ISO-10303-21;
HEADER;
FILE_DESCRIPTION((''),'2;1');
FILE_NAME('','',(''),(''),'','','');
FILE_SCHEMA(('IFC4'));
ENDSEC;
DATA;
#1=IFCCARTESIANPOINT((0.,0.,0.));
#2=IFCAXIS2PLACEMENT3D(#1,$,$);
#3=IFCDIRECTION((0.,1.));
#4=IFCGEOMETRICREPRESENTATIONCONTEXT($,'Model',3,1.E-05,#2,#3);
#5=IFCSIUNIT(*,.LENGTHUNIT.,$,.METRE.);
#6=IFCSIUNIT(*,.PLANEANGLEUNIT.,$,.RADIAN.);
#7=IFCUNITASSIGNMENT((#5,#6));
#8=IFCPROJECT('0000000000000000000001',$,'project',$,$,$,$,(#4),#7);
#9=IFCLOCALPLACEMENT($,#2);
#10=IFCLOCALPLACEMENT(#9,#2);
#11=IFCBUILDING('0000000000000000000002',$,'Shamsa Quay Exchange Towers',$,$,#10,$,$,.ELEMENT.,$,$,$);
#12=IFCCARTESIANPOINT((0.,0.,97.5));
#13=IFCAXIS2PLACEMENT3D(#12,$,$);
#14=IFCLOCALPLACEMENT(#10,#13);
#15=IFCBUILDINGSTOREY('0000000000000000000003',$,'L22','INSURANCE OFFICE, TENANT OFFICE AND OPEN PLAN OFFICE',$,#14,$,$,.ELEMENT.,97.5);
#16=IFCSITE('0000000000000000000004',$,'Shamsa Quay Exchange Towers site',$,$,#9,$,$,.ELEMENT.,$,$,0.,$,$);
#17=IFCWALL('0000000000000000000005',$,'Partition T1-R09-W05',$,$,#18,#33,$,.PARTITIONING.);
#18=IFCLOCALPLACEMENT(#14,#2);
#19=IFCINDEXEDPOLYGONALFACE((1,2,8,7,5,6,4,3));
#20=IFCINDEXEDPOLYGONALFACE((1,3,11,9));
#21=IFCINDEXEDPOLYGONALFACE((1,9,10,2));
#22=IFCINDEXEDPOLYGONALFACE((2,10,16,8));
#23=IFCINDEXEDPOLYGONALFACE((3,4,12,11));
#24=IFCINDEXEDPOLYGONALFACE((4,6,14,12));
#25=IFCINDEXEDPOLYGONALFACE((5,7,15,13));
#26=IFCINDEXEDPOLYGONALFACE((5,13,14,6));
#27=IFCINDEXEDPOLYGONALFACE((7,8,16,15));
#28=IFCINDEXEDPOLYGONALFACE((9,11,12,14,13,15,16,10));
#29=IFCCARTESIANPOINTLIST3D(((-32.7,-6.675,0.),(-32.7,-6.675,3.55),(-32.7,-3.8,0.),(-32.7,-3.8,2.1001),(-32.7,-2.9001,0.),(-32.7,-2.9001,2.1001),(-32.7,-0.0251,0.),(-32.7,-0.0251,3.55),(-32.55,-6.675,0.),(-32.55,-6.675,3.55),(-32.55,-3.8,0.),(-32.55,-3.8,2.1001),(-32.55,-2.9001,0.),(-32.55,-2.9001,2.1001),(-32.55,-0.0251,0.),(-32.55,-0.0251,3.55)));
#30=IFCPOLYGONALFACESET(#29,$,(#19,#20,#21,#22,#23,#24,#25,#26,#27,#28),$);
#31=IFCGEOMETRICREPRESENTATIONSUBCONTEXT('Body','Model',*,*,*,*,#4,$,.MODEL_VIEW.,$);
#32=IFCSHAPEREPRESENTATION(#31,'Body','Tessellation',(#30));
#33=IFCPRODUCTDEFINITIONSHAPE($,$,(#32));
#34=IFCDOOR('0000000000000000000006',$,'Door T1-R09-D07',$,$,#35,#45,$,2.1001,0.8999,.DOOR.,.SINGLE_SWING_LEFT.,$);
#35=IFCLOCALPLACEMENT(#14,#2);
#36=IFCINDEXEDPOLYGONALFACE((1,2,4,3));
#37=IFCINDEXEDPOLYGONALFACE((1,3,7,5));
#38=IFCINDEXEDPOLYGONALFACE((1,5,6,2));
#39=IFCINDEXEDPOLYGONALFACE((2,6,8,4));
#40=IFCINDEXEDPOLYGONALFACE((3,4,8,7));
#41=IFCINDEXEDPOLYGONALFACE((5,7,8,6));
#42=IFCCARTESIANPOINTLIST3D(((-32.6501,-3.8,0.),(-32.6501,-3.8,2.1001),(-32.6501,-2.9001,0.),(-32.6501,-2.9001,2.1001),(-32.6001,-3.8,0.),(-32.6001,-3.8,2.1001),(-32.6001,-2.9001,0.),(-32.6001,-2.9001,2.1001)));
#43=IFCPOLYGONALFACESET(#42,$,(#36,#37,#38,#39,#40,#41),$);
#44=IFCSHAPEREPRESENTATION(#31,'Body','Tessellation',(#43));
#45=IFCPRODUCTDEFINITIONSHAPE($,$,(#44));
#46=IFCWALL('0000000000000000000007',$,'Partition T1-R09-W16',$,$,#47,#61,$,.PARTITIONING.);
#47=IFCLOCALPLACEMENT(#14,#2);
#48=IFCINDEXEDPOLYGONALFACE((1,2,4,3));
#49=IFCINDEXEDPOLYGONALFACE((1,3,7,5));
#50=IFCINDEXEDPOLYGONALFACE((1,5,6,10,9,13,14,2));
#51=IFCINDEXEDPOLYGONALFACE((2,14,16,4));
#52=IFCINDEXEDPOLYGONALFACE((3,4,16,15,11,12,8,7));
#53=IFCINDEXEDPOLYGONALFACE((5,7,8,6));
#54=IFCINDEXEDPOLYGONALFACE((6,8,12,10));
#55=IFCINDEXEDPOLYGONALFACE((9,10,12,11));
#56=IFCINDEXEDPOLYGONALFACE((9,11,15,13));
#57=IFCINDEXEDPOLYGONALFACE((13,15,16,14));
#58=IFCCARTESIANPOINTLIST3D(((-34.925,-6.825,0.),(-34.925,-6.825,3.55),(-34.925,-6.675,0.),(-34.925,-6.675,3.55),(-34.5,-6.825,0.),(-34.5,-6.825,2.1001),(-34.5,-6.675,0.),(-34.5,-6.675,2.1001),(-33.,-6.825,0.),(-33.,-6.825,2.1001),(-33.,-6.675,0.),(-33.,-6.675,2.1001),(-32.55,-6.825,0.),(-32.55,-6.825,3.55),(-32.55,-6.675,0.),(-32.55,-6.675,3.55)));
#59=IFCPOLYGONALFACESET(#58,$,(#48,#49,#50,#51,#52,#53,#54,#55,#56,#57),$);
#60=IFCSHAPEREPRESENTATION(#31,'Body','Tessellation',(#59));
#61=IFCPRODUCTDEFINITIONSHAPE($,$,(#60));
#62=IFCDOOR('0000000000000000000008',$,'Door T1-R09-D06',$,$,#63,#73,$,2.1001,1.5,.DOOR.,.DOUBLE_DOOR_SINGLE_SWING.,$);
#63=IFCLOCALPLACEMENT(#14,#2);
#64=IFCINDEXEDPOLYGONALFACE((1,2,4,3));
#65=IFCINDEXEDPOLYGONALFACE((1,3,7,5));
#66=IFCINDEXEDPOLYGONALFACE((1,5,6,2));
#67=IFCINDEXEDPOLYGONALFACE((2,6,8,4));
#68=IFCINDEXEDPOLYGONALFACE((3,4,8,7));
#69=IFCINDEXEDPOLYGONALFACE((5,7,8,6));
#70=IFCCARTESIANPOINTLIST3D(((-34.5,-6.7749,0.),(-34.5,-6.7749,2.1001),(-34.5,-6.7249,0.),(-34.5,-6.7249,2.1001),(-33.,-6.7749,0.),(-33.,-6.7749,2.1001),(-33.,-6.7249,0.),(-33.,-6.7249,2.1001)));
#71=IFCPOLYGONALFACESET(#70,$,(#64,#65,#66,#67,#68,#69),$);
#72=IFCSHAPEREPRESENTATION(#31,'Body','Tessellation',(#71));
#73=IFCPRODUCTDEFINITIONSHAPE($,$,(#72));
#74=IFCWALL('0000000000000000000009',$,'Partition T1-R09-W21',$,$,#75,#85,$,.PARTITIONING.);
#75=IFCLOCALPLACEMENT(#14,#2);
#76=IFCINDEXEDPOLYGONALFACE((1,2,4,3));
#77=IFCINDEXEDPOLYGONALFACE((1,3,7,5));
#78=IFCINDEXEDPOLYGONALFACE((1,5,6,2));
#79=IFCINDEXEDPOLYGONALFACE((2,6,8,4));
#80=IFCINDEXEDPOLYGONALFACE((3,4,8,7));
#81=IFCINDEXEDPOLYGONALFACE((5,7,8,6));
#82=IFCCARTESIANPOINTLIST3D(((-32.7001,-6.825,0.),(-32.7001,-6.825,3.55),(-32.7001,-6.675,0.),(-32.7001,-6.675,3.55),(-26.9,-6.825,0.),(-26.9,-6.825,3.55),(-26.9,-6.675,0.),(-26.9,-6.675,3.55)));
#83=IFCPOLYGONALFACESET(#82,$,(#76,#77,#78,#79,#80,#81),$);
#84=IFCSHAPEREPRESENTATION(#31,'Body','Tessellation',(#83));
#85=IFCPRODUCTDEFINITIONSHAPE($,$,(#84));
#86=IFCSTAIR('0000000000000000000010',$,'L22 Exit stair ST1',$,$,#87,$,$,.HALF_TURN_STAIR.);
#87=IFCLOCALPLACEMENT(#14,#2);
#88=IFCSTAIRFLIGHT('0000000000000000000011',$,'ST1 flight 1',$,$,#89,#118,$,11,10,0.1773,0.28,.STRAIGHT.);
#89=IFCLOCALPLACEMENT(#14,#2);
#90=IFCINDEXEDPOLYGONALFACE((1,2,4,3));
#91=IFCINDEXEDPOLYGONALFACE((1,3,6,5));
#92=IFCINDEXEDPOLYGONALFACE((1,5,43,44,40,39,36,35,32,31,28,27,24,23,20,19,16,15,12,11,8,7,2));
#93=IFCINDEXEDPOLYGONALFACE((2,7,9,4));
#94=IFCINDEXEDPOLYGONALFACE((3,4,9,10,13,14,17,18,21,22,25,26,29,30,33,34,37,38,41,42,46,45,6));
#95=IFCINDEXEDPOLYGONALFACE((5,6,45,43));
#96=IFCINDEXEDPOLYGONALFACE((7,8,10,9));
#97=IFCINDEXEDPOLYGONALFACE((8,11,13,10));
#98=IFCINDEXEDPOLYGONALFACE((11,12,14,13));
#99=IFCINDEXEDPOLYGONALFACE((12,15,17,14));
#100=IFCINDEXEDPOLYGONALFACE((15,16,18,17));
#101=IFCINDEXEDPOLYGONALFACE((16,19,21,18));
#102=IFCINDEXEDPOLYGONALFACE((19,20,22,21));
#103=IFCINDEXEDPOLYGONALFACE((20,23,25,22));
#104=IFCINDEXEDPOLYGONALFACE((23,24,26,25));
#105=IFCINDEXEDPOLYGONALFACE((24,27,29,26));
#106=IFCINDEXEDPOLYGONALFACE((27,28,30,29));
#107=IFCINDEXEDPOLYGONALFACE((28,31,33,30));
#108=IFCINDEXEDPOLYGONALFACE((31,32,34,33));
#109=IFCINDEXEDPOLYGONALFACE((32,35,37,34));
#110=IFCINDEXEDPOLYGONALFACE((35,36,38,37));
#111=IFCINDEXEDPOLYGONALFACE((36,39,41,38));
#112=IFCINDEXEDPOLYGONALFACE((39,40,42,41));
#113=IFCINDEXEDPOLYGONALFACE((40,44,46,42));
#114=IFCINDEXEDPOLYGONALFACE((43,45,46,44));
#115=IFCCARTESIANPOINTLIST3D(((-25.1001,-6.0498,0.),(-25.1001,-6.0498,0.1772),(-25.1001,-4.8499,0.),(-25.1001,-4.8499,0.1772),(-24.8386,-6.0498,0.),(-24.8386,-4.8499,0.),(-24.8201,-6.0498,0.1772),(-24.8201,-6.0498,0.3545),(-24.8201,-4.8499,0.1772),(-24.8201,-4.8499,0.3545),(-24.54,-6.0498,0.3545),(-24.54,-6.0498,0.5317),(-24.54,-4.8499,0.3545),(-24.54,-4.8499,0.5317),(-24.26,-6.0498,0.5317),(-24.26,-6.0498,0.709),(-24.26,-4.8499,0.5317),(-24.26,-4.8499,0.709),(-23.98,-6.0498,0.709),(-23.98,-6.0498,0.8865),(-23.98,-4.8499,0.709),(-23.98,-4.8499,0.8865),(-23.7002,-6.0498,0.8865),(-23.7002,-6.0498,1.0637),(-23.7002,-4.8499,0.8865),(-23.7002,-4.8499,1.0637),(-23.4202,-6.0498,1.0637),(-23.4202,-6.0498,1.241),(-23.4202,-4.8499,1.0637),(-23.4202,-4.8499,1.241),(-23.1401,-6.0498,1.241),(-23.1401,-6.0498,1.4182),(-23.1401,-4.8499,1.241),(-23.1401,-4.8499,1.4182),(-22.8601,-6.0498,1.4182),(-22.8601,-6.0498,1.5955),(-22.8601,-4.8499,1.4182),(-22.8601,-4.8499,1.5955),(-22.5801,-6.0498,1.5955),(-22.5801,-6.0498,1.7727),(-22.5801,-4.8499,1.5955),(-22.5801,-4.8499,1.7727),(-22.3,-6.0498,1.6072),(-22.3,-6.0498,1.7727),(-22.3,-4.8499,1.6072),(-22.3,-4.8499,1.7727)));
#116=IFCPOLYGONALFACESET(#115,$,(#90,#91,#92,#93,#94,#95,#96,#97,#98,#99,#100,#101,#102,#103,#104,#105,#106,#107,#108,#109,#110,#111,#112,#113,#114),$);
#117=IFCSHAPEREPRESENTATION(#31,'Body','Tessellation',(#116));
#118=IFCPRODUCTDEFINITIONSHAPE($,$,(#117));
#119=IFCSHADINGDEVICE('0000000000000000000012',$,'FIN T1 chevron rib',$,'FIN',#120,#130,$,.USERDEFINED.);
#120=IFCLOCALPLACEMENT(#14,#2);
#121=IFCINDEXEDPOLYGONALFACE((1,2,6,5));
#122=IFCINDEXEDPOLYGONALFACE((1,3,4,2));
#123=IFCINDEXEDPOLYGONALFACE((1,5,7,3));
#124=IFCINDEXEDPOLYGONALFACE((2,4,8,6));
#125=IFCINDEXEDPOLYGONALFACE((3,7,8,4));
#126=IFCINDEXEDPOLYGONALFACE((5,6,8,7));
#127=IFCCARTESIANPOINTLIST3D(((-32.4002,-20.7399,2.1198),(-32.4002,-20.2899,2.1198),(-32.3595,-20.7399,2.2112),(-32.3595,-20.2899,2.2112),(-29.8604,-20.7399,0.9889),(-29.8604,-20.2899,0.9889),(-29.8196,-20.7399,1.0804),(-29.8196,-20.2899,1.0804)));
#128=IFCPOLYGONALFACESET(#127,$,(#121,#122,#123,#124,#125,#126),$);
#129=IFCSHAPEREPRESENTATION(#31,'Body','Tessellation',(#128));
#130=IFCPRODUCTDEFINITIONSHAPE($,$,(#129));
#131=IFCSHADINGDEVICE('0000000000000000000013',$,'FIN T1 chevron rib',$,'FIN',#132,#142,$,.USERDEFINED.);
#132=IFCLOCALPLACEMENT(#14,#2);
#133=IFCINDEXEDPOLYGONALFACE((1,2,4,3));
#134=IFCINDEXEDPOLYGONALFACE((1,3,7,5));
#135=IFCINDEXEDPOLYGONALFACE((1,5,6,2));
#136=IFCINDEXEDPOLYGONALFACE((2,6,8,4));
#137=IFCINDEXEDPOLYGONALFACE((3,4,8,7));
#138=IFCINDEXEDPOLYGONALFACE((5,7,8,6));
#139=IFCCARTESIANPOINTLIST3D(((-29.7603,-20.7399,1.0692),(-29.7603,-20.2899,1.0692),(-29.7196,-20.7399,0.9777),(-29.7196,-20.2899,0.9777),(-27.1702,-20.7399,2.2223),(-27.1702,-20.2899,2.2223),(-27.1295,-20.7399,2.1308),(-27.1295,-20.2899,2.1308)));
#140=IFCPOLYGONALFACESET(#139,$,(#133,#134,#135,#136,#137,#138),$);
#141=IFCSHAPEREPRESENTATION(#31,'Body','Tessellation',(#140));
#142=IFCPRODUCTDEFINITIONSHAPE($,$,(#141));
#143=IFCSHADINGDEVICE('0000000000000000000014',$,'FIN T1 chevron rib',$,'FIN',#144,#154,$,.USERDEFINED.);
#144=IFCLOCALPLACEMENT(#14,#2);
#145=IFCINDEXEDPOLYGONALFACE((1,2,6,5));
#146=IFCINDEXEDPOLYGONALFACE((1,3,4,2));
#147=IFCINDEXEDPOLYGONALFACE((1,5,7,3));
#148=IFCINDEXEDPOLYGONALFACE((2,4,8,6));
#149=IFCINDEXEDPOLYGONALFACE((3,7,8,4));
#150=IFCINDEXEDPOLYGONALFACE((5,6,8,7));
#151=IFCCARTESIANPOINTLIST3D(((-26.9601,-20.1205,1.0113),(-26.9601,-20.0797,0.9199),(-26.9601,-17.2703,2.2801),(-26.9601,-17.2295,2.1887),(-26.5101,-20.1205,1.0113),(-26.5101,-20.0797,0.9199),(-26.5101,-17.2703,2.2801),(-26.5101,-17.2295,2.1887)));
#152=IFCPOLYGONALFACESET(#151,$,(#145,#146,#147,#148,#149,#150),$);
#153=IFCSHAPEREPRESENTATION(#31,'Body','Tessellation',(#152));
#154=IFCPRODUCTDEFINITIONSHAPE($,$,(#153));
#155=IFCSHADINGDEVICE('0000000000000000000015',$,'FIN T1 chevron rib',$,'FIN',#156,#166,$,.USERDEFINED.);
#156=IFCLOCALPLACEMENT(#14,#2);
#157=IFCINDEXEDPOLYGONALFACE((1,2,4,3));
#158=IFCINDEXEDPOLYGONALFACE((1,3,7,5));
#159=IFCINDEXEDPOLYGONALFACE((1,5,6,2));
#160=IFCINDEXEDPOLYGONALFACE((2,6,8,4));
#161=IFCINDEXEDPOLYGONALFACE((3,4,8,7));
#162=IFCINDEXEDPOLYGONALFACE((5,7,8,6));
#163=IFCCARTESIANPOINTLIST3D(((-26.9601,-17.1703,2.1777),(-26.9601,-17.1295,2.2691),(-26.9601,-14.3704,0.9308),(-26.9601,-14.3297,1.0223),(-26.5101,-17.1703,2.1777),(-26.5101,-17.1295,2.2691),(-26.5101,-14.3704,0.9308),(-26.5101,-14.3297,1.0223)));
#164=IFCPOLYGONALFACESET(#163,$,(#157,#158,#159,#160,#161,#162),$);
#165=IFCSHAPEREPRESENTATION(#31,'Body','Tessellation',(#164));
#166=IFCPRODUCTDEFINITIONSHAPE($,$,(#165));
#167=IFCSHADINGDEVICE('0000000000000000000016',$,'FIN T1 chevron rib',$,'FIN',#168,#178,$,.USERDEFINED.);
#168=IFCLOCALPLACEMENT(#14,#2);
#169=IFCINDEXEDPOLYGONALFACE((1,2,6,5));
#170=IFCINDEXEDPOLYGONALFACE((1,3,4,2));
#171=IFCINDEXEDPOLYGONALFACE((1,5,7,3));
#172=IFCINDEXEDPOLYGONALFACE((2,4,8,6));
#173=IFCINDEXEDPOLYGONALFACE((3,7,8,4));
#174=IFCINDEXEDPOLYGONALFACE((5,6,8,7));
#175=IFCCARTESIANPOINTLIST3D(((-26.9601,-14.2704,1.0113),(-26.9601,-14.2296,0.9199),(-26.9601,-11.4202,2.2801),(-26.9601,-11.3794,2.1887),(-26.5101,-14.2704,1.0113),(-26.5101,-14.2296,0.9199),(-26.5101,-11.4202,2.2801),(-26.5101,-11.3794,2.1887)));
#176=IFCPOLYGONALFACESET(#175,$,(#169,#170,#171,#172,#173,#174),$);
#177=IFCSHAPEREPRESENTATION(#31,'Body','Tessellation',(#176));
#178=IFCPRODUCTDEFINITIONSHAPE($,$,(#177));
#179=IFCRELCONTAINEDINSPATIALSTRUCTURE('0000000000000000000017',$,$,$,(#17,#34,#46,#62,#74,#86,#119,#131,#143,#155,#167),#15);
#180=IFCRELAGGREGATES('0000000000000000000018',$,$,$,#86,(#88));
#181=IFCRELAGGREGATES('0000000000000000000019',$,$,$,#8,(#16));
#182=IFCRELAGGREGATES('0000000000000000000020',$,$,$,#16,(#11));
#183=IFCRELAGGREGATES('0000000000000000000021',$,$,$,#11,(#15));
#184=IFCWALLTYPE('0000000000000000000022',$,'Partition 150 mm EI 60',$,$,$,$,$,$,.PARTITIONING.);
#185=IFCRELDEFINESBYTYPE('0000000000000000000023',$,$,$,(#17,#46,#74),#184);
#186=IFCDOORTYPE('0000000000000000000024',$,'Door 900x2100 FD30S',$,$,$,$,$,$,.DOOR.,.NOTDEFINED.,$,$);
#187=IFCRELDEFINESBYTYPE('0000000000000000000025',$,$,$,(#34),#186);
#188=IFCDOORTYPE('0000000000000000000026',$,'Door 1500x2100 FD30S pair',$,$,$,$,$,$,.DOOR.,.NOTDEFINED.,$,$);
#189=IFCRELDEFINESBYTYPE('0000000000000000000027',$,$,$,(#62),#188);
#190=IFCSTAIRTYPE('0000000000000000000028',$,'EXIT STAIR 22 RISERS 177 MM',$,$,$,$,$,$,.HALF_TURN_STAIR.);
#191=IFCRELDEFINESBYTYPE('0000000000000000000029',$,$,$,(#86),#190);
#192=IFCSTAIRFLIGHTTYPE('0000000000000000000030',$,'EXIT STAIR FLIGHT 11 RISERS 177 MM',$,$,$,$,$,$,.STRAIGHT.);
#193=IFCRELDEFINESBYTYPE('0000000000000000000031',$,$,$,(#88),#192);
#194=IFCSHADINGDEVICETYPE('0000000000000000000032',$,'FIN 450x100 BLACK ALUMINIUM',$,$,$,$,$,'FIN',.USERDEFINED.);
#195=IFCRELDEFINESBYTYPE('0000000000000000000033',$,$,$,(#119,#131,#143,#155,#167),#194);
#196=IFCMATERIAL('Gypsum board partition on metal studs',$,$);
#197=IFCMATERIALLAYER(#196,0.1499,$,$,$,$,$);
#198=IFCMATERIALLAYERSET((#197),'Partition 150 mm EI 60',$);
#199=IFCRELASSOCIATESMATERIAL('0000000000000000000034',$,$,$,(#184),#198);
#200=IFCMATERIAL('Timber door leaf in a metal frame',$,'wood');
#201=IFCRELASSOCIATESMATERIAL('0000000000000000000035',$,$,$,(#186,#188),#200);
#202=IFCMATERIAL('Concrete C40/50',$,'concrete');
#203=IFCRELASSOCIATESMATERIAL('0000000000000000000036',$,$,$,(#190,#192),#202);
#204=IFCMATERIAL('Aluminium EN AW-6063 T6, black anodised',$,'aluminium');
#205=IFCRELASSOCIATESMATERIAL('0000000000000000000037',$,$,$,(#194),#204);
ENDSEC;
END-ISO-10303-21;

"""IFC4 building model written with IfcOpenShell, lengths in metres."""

from ifc_helpers import new_model, si_unit, direction, frame, frame_2d, origin, origin_2d, place, context, subcontext, project, spatial, polyline, rectangle, outline, extrude, material, layer, layer_set, material_profile, profile_set, type_object, element, fill, aggregate, save


model = new_model("IFC4")

# Units and contexts
model_context = context("Model", 3, precision=1e-05, world=origin(), true_north=direction((0.0, 1.0)))
body_context = subcontext(model_context, "Body", "Model", "MODEL_VIEW")
ifc_project = project(units=[si_unit("LENGTHUNIT", "METRE"), si_unit("PLANEANGLEUNIT", "RADIAN")], contexts=[model_context])

# Site, building, storey
site_placement = place(None, origin())
site = spatial("IfcSite", under=ifc_project, at=site_placement, Name="Shamsa Quay Exchange Towers site", CompositionType="ELEMENT", RefElevation=0.0)
building_placement = place(site_placement, origin())
building = spatial("IfcBuilding", under=site, at=building_placement, Name="Shamsa Quay Exchange Towers", CompositionType="ELEMENT")
storey_placement = place(building_placement, frame((0.0, 0.0, 97.5)))
storey = spatial("IfcBuildingStorey", under=building, at=storey_placement, Name="L22", Description="INSURANCE OFFICE, TENANT OFFICE AND OPEN PLAN OFFICE", CompositionType="ELEMENT", Elevation=97.5)

# Shared definitions
ifc_material_1 = material(Name="Aluminium EN AW-6063 T6, black anodised", Category="aluminium")

# Shared definitions
ifc_material_2 = material(Name="Gypsum board partition on metal studs")
ifc_layer_1 = layer(ifc_material_2, 0.1499)
ifc_layer_set_1 = layer_set([ifc_layer_1], Name="Partition 150 mm EI 60")
wall_type_1 = type_object("IfcWallType", Name="Partition 150 mm EI 60", PredefinedType="PARTITIONING", material=ifc_layer_set_1)

# Walls, openings, doors
wall_1_placement = place(storey_placement, frame((-32.625, -0.0251, 0.0), z_axis=(0.0, 0.0, 1.0), x_axis=(0.0, -1.0, 0.0)))
wall_1 = element("IfcWall", 1, at=wall_1_placement, inside=storey, type_object=wall_type_1, Name="Partition T1-R09-W05", PredefinedType="PARTITIONING", context=body_context, shape_type="SweptSolid", body=[
    extrude(rectangle(XDim=6.6499, YDim=0.1499, at=frame_2d((3.325, 0.0))), origin(), (0.0, 0.0, 1.0), 3.55),
])
opening_1_placement = place(wall_1_placement, frame((2.875, 0.0, 0.0)))
opening_1 = element("IfcOpeningElement", 2, at=opening_1_placement, cuts=wall_1, PredefinedType="OPENING", context=body_context, shape_type="SweptSolid", body=[
    extrude(rectangle(XDim=0.8999, YDim=2.1001, at=frame_2d((0.45, 1.05))), frame((0.0, 0.085, 0.0), z_axis=(0.0, -1.0, 0.0), x_axis=(1.0, 0.0, 0.0)), (0.0, 0.0, 1.0), 0.1699),
])
ifc_material_3 = material(Name="Timber door leaf in a metal frame", Category="wood")
door_type_1 = type_object("IfcDoorType", Name="Door 900x2100 FD30S", OperationType="NOTDEFINED", PredefinedType="DOOR", material=ifc_material_3)
door_1_placement = place(opening_1_placement, origin())
door_1 = element("IfcDoor", 3, at=door_1_placement, inside=storey, type_object=door_type_1, Name="Door T1-R09-D07", OperationType="SINGLE_SWING_LEFT", OverallHeight=2.1001, OverallWidth=0.8999, PredefinedType="DOOR", context=body_context, shape_type="SweptSolid", body=[
    extrude(rectangle(XDim=0.8999, YDim=2.1001, at=frame_2d((0.45, 1.05))), frame((0.0, 0.0249, 0.0), z_axis=(0.0, -1.0, 0.0), x_axis=(1.0, 0.0, 0.0)), (0.0, 0.0, 1.0), 0.05),
])
fill(opening_1, door_1)
wall_2_placement = place(storey_placement, frame((-32.55, -6.75, 0.0), z_axis=(0.0, 0.0, 1.0), x_axis=(-1.0, 0.0, 0.0)))
wall_2 = element("IfcWall", 4, at=wall_2_placement, inside=storey, type_object=wall_type_1, Name="Partition T1-R09-W16", PredefinedType="PARTITIONING", context=body_context, shape_type="SweptSolid", body=[
    extrude(rectangle(XDim=2.375, YDim=0.1499, at=frame_2d((1.1875, 0.0))), origin(), (0.0, 0.0, 1.0), 3.55),
])
opening_2_placement = place(wall_2_placement, frame((0.45, 0.0, 0.0)))
opening_2 = element("IfcOpeningElement", 5, at=opening_2_placement, cuts=wall_2, PredefinedType="OPENING", context=body_context, shape_type="SweptSolid", body=[
    extrude(rectangle(XDim=1.5, YDim=2.1001, at=frame_2d((0.75, 1.05))), frame((0.0, 0.085, 0.0), z_axis=(0.0, -1.0, 0.0), x_axis=(1.0, 0.0, 0.0)), (0.0, 0.0, 1.0), 0.1699),
])
door_type_2 = type_object("IfcDoorType", Name="Door 1500x2100 FD30S pair", OperationType="NOTDEFINED", PredefinedType="DOOR", material=ifc_material_3)
door_2_placement = place(opening_2_placement, origin())
door_2 = element("IfcDoor", 6, at=door_2_placement, inside=storey, type_object=door_type_2, Name="Door T1-R09-D06", OperationType="DOUBLE_DOOR_SINGLE_SWING", OverallHeight=2.1001, OverallWidth=1.5, PredefinedType="DOOR", context=body_context, shape_type="SweptSolid", body=[
    extrude(rectangle(XDim=1.5, YDim=2.1001, at=frame_2d((0.75, 1.05))), frame((0.0, 0.0249, 0.0), z_axis=(0.0, -1.0, 0.0), x_axis=(1.0, 0.0, 0.0)), (0.0, 0.0, 1.0), 0.05),
])
fill(opening_2, door_2)

# Wall
wall_3_placement = place(storey_placement, frame((-32.7, -6.75, 0.0)))
element("IfcWall", 7, at=wall_3_placement, inside=storey, type_object=wall_type_1, Name="Partition T1-R09-W21", PredefinedType="PARTITIONING", context=body_context, shape_type="SweptSolid", body=[
    extrude(rectangle(XDim=5.8, YDim=0.1499, at=frame_2d((2.8999, 0.0))), origin(), (0.0, 0.0, 1.0), 3.55),
])

# Stair, stair flight
ifc_material_4 = material(Name="Concrete C40/50", Category="concrete")
stair_type = type_object("IfcStairType", Name="EXIT STAIR 22 RISERS 177 MM", PredefinedType="HALF_TURN_STAIR", material=ifc_material_4)
stair_placement = place(storey_placement, origin())
stair = element("IfcStair", 8, at=stair_placement, inside=storey, type_object=stair_type, Name="L22 Exit stair ST1", PredefinedType="HALF_TURN_STAIR")
stair_flight_type = type_object("IfcStairFlightType", Name="EXIT STAIR FLIGHT 11 RISERS 177 MM", PredefinedType="STRAIGHT", material=ifc_material_4)
stair_flight_placement = place(storey_placement, frame((-25.1001, -5.45, 0.0)))
stair_flight = element("IfcStairFlight", 9, at=stair_flight_placement, type_object=stair_flight_type, Name="ST1 flight 1", NumberOfRisers=11, NumberOfTreads=10, PredefinedType="STRAIGHT", RiserHeight=0.1773, TreadLength=0.28, context=body_context, shape_type="SweptSolid", body=[
    extrude(outline(polyline([(0.0, 0.0), (0.0, 0.1772), (0.28, 0.1772), (0.28, 0.3545), (0.5601, 0.3545), (0.5601, 0.5317), (0.8401, 0.5317), (0.8401, 0.709), (1.1201, 0.709), (1.1201, 0.8865), (1.3999, 0.8865), (1.3999, 1.0637), (1.6799, 1.0637), (1.6799, 1.241), (1.96, 1.241), (1.96, 1.4182), (2.24, 1.4182), (2.24, 1.5955), (2.52, 1.5955), (2.52, 1.7727), (2.8, 1.7727), (2.8, 1.95), (2.8, 1.6072), (0.2615, 0.0), (0.0, 0.0)])), frame((0.0, 0.6001, 0.0), z_axis=(0.0, -1.0, 0.0), x_axis=(1.0, 0.0, 0.0)), (0.0, 0.0, 1.0), 1.2),
])
aggregate(stair, [stair_flight])

# Shading devices
ifc_material_profile_1 = material_profile(ifc_material_1, rectangle(XDim=0.45, YDim=0.1001, at=origin_2d()), Name="FIN450x100")
ifc_profile_set_1 = profile_set([ifc_material_profile_1], Name="Aluminium EN AW-6063 T6, black anodised")
shading_device_type = type_object("IfcShadingDeviceType", Name="FIN 450x100 BLACK ALUMINIUM", ElementType="FIN", PredefinedType="USERDEFINED", material=ifc_profile_set_1)
shading_device_1_placement = place(storey_placement, frame((-32.3799, -20.5149, 2.1655), z_axis=(0.913536, 0.0, -0.406758), x_axis=(0.0, 1.0, 0.0)))
element("IfcShadingDevice", 10, at=shading_device_1_placement, inside=storey, type_object=shading_device_type, Name="FIN T1 chevron rib", ObjectType="FIN", PredefinedType="USERDEFINED", context=body_context, shape_type="SweptSolid", body=[
    extrude(rectangle(XDim=0.45, YDim=0.1001, at=origin_2d()), origin(), (0.0, 0.0, 1.0), 2.7803),
])
shading_device_2_placement = place(storey_placement, frame((-29.74, -20.5149, 1.0234), z_axis=(0.913559, 0.0, 0.406706), x_axis=(0.0, 1.0, 0.0)))
element("IfcShadingDevice", 11, at=shading_device_2_placement, inside=storey, type_object=shading_device_type, Name="FIN T1 chevron rib", ObjectType="FIN", PredefinedType="USERDEFINED", context=body_context, shape_type="SweptSolid", body=[
    extrude(rectangle(XDim=0.45, YDim=0.1001, at=origin_2d()), origin(), (0.0, 0.0, 1.0), 2.8352),
])
shading_device_3_placement = place(storey_placement, frame((-26.7351, -20.1001, 0.9656), z_axis=(0.0, 0.913563, 0.406697), x_axis=(-1.0, 0.0, 0.0)))
element("IfcShadingDevice", 12, at=shading_device_3_placement, inside=storey, type_object=shading_device_type, Name="FIN T1 chevron rib", ObjectType="FIN", PredefinedType="USERDEFINED", context=body_context, shape_type="SweptSolid", body=[
    extrude(rectangle(XDim=0.45, YDim=0.1001, at=origin_2d()), origin(), (0.0, 0.0, 1.0), 3.1199),
])
shading_device_4_placement = place(storey_placement, frame((-26.7351, -17.1499, 2.2234), z_axis=(0.0, 0.913512, -0.406811), x_axis=(-1.0, 0.0, 0.0)))
element("IfcShadingDevice", 13, at=shading_device_4_placement, inside=storey, type_object=shading_device_type, Name="FIN T1 chevron rib", ObjectType="FIN", PredefinedType="USERDEFINED", context=body_context, shape_type="SweptSolid", body=[
    extrude(rectangle(XDim=0.45, YDim=0.1001, at=origin_2d()), origin(), (0.0, 0.0, 1.0), 3.0649),
])
shading_device_5_placement = place(storey_placement, frame((-26.7351, -14.25, 0.9656), z_axis=(0.0, 0.913563, 0.406697), x_axis=(-1.0, 0.0, 0.0)))
element("IfcShadingDevice", 14, at=shading_device_5_placement, inside=storey, type_object=shading_device_type, Name="FIN T1 chevron rib", ObjectType="FIN", PredefinedType="USERDEFINED", context=body_context, shape_type="SweptSolid", body=[
    extrude(rectangle(XDim=0.45, YDim=0.1001, at=origin_2d()), origin(), (0.0, 0.0, 1.0), 3.1199),
])

save(model, "model.ifc")
